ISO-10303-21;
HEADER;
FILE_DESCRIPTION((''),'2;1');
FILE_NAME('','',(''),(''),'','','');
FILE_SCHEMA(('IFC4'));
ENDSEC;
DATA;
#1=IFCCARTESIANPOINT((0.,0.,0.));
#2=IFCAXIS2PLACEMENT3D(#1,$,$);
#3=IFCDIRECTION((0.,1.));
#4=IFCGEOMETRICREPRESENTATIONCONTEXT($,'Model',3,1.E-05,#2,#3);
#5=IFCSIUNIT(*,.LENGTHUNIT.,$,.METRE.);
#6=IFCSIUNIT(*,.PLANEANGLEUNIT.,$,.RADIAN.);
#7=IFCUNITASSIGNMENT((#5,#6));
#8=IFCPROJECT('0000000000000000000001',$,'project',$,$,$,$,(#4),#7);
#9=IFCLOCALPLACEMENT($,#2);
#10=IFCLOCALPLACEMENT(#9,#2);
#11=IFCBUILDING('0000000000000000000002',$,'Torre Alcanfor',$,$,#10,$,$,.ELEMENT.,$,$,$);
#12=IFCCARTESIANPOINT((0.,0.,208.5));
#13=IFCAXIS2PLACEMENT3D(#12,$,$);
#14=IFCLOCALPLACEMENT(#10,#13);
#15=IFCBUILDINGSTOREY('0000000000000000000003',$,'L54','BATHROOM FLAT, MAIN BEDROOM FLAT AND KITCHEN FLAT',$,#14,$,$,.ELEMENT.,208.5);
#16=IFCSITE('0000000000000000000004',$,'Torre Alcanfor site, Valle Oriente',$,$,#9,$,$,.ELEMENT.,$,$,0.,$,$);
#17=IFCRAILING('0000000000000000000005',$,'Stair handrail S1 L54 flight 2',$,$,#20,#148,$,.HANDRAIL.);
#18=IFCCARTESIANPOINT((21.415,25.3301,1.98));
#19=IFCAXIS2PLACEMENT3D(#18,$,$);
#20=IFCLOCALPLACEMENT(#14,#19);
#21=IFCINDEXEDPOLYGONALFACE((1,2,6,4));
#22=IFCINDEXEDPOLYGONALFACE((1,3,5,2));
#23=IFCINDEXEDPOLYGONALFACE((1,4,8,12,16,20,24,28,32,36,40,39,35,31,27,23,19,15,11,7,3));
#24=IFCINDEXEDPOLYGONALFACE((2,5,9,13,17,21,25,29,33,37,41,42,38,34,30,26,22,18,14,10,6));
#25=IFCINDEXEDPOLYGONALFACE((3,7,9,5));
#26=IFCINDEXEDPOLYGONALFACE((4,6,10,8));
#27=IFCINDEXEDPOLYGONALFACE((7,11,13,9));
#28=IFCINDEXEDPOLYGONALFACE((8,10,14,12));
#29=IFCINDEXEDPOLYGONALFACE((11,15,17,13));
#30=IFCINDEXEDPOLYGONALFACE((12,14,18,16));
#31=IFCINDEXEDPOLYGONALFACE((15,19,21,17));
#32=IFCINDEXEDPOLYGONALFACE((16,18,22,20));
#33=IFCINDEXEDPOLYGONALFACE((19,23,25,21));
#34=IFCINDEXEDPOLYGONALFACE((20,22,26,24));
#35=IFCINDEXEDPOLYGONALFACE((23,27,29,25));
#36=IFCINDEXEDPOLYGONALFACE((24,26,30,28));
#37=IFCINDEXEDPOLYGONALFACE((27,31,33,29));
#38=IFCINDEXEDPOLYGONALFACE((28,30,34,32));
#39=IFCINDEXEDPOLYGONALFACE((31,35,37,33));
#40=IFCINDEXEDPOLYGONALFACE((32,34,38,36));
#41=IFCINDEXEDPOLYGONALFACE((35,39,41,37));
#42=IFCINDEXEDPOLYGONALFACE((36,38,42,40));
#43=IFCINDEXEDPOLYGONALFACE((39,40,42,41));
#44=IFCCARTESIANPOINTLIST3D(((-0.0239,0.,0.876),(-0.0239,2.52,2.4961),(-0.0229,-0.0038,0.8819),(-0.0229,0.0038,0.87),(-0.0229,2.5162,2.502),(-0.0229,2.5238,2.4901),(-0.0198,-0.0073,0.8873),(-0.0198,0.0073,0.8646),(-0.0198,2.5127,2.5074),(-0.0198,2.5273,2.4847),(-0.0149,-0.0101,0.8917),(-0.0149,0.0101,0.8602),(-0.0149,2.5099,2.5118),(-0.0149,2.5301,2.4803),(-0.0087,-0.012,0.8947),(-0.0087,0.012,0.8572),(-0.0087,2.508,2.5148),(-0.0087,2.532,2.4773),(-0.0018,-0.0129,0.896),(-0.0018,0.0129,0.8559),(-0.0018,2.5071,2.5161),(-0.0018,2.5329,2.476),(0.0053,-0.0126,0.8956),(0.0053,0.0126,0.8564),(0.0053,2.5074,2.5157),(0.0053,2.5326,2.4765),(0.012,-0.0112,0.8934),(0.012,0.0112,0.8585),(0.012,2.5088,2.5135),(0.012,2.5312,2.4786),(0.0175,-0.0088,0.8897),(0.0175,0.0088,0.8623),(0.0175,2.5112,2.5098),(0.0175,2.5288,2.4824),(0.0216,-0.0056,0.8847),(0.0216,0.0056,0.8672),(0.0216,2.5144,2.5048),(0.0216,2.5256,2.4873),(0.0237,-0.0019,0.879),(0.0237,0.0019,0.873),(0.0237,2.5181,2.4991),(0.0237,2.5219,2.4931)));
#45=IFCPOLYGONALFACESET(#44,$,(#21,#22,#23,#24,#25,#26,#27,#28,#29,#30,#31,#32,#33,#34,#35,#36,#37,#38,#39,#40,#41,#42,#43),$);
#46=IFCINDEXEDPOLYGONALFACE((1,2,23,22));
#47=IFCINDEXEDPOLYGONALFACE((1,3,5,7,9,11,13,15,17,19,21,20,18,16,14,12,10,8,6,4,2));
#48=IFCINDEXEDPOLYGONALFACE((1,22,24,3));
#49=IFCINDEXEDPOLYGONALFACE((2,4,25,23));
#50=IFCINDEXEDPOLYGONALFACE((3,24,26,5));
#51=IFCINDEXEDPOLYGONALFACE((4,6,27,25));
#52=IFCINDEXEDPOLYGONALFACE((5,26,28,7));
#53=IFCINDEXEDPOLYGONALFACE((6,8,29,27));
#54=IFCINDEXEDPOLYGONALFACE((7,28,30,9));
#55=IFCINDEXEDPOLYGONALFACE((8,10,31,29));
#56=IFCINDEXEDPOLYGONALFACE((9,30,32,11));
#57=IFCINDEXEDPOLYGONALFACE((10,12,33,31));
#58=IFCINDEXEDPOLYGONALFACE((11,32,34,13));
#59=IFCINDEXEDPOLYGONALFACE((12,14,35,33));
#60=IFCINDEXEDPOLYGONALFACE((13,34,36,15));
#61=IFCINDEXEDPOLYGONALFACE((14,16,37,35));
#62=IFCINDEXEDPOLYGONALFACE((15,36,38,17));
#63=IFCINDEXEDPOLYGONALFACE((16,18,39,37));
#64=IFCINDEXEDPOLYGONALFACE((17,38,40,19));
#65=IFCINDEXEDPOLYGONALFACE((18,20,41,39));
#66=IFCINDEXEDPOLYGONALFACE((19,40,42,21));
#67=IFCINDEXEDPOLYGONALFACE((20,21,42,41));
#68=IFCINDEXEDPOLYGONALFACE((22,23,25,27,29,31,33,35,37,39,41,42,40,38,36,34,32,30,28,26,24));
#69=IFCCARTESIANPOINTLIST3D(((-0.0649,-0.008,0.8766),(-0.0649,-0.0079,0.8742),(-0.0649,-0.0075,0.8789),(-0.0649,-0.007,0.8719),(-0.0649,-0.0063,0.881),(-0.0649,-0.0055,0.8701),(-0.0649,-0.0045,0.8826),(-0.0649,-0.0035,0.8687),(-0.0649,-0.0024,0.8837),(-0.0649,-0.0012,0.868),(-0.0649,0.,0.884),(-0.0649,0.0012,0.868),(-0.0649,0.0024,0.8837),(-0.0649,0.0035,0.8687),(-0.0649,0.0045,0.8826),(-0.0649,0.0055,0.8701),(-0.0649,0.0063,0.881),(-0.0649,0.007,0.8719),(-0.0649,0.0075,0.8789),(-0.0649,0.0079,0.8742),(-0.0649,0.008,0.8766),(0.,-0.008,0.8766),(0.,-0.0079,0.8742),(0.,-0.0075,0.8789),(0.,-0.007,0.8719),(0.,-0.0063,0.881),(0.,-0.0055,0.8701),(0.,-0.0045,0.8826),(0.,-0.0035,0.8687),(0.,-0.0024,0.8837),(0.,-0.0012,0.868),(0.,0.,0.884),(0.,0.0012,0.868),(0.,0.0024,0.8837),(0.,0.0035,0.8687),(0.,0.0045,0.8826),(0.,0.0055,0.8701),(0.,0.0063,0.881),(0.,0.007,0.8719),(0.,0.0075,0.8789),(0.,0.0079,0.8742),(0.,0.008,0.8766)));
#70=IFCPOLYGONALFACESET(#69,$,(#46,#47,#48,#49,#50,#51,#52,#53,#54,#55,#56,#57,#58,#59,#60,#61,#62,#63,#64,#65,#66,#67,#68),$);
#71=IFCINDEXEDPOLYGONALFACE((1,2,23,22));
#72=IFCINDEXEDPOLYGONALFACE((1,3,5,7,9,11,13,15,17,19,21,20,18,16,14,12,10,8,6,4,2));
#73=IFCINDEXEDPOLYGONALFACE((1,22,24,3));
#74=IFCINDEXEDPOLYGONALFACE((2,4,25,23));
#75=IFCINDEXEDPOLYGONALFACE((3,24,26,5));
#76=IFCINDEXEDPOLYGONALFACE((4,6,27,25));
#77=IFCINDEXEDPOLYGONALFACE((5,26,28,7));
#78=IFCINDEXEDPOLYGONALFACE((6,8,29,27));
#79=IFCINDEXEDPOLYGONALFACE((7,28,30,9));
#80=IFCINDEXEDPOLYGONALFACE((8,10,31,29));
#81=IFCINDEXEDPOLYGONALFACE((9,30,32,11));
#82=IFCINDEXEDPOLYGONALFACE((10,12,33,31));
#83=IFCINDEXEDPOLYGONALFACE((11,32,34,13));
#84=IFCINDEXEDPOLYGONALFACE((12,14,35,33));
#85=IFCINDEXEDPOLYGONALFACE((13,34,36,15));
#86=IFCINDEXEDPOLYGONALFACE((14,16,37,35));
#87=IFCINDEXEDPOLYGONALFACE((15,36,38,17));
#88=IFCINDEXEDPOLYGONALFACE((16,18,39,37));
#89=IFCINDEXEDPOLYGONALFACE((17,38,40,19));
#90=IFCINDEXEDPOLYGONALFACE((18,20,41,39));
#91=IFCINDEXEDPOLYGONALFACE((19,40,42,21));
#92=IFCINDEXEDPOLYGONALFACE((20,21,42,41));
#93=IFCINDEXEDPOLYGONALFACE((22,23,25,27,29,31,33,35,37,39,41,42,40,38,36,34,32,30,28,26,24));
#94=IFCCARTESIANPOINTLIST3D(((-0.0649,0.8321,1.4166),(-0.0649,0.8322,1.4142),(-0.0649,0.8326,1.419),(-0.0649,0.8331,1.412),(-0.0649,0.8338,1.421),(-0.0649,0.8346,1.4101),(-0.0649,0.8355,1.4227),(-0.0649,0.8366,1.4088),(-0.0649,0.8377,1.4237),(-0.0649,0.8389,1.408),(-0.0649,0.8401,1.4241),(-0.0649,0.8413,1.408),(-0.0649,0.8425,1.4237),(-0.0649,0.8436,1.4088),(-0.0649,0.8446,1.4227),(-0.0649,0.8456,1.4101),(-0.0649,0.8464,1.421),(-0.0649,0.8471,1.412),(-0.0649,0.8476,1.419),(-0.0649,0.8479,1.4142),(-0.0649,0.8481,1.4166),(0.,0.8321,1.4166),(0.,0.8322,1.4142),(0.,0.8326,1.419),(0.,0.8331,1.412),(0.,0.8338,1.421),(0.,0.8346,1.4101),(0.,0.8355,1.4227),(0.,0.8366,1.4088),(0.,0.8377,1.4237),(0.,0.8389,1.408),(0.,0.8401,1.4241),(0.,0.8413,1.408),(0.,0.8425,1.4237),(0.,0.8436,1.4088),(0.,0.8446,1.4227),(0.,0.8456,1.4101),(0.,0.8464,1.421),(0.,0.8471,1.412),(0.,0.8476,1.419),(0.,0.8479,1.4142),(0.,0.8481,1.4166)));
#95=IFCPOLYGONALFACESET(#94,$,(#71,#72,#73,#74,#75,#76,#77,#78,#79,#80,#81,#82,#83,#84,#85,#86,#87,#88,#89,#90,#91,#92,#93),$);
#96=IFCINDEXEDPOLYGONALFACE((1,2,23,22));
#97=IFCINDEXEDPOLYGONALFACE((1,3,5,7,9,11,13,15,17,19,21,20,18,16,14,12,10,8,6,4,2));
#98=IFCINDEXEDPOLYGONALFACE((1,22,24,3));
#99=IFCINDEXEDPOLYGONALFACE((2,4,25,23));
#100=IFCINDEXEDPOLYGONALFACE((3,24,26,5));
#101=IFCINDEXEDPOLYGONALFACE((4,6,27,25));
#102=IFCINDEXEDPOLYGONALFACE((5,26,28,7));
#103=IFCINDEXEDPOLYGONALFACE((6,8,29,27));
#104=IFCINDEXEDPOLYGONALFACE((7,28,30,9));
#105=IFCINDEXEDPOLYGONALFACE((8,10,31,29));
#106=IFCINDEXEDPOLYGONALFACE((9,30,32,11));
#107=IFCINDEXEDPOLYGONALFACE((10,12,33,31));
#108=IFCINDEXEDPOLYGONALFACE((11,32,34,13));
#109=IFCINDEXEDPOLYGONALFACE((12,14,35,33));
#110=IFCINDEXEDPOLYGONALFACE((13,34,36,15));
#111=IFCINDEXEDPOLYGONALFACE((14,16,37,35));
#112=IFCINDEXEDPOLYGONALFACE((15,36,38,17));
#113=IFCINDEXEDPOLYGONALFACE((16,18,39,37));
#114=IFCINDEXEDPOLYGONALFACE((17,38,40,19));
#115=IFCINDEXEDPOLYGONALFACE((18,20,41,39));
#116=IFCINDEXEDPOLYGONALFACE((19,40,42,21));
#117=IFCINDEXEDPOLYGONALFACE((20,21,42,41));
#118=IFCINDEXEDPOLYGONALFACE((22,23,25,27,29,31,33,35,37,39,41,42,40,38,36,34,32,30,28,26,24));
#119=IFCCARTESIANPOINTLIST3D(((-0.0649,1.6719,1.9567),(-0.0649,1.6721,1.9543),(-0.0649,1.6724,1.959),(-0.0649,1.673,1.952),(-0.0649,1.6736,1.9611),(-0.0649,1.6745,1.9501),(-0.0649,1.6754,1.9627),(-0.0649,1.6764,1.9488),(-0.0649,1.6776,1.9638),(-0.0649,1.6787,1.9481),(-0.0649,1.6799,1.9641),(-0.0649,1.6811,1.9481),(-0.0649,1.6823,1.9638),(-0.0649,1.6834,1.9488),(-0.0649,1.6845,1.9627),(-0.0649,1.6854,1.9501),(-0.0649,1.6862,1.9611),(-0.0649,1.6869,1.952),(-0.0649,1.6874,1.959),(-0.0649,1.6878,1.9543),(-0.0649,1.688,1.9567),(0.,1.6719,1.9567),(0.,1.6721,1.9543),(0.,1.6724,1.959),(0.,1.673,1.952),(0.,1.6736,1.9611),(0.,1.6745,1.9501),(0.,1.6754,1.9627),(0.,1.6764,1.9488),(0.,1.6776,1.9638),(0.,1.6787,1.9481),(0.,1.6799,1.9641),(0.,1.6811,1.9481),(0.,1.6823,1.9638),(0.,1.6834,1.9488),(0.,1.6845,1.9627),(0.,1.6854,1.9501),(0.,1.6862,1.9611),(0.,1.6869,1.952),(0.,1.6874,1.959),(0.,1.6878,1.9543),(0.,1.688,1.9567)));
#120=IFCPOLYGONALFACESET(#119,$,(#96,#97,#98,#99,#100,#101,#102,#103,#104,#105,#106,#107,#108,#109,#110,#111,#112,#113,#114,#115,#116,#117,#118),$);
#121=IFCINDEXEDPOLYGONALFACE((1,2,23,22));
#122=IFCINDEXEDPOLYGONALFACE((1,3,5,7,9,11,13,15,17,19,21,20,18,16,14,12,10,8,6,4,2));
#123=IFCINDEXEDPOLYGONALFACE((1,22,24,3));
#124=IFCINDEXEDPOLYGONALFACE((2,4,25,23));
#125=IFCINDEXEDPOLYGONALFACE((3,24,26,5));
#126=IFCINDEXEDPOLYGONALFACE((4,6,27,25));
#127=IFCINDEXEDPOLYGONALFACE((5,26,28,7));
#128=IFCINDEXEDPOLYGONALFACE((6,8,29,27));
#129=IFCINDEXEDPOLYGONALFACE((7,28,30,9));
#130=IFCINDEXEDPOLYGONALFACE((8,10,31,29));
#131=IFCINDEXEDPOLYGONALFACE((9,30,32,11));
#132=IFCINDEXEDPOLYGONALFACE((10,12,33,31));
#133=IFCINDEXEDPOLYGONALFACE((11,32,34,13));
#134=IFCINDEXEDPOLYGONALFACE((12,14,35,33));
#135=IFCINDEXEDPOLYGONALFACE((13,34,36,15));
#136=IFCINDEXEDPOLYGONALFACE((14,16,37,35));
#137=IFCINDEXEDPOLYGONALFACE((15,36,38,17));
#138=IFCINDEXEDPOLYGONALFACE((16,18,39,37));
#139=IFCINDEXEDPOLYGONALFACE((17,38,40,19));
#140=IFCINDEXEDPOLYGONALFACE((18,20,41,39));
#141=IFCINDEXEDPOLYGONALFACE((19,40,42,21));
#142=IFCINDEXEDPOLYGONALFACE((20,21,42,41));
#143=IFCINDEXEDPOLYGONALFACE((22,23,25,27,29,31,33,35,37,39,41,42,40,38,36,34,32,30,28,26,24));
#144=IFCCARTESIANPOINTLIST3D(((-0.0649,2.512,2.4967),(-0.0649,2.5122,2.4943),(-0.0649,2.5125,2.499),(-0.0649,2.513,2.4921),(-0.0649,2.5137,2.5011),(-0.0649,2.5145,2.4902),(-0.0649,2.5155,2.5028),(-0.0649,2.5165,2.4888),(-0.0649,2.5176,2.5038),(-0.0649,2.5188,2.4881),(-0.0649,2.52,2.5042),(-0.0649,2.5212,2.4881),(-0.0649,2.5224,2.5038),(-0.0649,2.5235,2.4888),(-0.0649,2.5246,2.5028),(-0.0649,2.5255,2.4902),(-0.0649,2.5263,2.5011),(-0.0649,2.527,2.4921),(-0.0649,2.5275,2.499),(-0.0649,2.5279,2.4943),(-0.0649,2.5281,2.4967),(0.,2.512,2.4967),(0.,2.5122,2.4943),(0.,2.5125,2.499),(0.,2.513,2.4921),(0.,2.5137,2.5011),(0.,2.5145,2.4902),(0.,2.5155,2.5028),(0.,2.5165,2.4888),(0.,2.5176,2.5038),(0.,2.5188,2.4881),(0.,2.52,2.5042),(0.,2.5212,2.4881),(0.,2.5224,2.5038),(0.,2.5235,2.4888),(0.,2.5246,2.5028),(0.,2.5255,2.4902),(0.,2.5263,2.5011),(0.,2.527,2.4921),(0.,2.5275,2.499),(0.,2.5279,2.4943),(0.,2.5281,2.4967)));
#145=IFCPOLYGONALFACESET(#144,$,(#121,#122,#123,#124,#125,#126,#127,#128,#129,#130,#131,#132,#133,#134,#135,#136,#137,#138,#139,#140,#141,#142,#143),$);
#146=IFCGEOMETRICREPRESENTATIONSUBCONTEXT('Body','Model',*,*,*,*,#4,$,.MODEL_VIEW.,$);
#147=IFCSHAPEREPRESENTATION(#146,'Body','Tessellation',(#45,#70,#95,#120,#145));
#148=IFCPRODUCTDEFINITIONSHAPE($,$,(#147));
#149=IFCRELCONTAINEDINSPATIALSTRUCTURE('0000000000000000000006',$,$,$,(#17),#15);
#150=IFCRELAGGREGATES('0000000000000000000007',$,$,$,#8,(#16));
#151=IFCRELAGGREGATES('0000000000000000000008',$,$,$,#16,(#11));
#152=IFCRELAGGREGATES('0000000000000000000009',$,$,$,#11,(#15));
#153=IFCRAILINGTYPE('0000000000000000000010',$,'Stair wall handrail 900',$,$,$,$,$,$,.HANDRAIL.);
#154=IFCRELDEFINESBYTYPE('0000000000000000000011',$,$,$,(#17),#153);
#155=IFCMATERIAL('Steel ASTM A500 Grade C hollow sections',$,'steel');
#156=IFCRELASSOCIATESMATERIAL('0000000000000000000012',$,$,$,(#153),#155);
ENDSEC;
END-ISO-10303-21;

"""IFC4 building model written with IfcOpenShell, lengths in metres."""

from ifc_helpers import new_model, si_unit, direction, frame, origin, origin_2d, place, context, subcontext, project, spatial, circle, extrude, material, type_object, element, save


model = new_model("IFC4")

# Units and contexts
model_context = context("Model", 3, precision=1e-05, world=origin(), true_north=direction((0.0, 1.0)))
body_context = subcontext(model_context, "Body", "Model", "MODEL_VIEW")
ifc_project = project(units=[si_unit("LENGTHUNIT", "METRE"), si_unit("PLANEANGLEUNIT", "RADIAN")], contexts=[model_context])

# Site, building, storey
site_placement = place(None, origin())
site = spatial("IfcSite", under=ifc_project, at=site_placement, Name="Torre Alcanfor site, Valle Oriente", CompositionType="ELEMENT", RefElevation=0.0)
building_placement = place(site_placement, origin())
building = spatial("IfcBuilding", under=site, at=building_placement, Name="Torre Alcanfor", CompositionType="ELEMENT")
storey_placement = place(building_placement, frame((0.0, 0.0, 208.5)))
storey = spatial("IfcBuildingStorey", under=building, at=storey_placement, Name="L54", Description="BATHROOM FLAT, MAIN BEDROOM FLAT AND KITCHEN FLAT", CompositionType="ELEMENT", Elevation=208.5)

# Railing
ifc_material_1 = material(Name="Steel ASTM A500 Grade C hollow sections", Category="steel")
railing_type_1 = type_object("IfcRailingType", Name="Stair wall handrail 900", PredefinedType="HANDRAIL", material=ifc_material_1)
railing_1_placement = place(storey_placement, frame((21.415, 25.3301, 1.98)))
element("IfcRailing", 1, at=railing_1_placement, inside=storey, type_object=railing_type_1, Name="Stair handrail S1 L54 flight 2", PredefinedType="HANDRAIL", context=body_context, shape_type="SweptSolid", body=[
    extrude(circle(Radius=0.0239, at=origin_2d()), frame((0.0, 0.0, 0.876), z_axis=(0.0, 0.841163, 0.540782), x_axis=(-1.0, 0.0, 0.0)), (0.0, 0.0, 1.0), 2.9958),
    extrude(circle(Radius=0.0081, at=origin_2d()), frame((0.0, 0.0, 0.876), z_axis=(-1.0, 0.0, 0.0), x_axis=(0.0, 0.0, 1.0)), (0.0, 0.0, 1.0), 0.0649),
    extrude(circle(Radius=0.0081, at=origin_2d()), frame((0.0, 0.8401, 1.416), z_axis=(-1.0, 0.0, 0.0), x_axis=(0.0, 0.0, 1.0)), (0.0, 0.0, 1.0), 0.0649),
    extrude(circle(Radius=0.0081, at=origin_2d()), frame((0.0, 1.6799, 1.9561), z_axis=(-1.0, 0.0, 0.0), x_axis=(0.0, 0.0, 1.0)), (0.0, 0.0, 1.0), 0.0649),
    extrude(circle(Radius=0.0081, at=origin_2d()), frame((0.0, 2.52, 2.4961), z_axis=(-1.0, 0.0, 0.0), x_axis=(0.0, 0.0, 1.0)), (0.0, 0.0, 1.0), 0.0649),
])

save(model, "model.ifc")
